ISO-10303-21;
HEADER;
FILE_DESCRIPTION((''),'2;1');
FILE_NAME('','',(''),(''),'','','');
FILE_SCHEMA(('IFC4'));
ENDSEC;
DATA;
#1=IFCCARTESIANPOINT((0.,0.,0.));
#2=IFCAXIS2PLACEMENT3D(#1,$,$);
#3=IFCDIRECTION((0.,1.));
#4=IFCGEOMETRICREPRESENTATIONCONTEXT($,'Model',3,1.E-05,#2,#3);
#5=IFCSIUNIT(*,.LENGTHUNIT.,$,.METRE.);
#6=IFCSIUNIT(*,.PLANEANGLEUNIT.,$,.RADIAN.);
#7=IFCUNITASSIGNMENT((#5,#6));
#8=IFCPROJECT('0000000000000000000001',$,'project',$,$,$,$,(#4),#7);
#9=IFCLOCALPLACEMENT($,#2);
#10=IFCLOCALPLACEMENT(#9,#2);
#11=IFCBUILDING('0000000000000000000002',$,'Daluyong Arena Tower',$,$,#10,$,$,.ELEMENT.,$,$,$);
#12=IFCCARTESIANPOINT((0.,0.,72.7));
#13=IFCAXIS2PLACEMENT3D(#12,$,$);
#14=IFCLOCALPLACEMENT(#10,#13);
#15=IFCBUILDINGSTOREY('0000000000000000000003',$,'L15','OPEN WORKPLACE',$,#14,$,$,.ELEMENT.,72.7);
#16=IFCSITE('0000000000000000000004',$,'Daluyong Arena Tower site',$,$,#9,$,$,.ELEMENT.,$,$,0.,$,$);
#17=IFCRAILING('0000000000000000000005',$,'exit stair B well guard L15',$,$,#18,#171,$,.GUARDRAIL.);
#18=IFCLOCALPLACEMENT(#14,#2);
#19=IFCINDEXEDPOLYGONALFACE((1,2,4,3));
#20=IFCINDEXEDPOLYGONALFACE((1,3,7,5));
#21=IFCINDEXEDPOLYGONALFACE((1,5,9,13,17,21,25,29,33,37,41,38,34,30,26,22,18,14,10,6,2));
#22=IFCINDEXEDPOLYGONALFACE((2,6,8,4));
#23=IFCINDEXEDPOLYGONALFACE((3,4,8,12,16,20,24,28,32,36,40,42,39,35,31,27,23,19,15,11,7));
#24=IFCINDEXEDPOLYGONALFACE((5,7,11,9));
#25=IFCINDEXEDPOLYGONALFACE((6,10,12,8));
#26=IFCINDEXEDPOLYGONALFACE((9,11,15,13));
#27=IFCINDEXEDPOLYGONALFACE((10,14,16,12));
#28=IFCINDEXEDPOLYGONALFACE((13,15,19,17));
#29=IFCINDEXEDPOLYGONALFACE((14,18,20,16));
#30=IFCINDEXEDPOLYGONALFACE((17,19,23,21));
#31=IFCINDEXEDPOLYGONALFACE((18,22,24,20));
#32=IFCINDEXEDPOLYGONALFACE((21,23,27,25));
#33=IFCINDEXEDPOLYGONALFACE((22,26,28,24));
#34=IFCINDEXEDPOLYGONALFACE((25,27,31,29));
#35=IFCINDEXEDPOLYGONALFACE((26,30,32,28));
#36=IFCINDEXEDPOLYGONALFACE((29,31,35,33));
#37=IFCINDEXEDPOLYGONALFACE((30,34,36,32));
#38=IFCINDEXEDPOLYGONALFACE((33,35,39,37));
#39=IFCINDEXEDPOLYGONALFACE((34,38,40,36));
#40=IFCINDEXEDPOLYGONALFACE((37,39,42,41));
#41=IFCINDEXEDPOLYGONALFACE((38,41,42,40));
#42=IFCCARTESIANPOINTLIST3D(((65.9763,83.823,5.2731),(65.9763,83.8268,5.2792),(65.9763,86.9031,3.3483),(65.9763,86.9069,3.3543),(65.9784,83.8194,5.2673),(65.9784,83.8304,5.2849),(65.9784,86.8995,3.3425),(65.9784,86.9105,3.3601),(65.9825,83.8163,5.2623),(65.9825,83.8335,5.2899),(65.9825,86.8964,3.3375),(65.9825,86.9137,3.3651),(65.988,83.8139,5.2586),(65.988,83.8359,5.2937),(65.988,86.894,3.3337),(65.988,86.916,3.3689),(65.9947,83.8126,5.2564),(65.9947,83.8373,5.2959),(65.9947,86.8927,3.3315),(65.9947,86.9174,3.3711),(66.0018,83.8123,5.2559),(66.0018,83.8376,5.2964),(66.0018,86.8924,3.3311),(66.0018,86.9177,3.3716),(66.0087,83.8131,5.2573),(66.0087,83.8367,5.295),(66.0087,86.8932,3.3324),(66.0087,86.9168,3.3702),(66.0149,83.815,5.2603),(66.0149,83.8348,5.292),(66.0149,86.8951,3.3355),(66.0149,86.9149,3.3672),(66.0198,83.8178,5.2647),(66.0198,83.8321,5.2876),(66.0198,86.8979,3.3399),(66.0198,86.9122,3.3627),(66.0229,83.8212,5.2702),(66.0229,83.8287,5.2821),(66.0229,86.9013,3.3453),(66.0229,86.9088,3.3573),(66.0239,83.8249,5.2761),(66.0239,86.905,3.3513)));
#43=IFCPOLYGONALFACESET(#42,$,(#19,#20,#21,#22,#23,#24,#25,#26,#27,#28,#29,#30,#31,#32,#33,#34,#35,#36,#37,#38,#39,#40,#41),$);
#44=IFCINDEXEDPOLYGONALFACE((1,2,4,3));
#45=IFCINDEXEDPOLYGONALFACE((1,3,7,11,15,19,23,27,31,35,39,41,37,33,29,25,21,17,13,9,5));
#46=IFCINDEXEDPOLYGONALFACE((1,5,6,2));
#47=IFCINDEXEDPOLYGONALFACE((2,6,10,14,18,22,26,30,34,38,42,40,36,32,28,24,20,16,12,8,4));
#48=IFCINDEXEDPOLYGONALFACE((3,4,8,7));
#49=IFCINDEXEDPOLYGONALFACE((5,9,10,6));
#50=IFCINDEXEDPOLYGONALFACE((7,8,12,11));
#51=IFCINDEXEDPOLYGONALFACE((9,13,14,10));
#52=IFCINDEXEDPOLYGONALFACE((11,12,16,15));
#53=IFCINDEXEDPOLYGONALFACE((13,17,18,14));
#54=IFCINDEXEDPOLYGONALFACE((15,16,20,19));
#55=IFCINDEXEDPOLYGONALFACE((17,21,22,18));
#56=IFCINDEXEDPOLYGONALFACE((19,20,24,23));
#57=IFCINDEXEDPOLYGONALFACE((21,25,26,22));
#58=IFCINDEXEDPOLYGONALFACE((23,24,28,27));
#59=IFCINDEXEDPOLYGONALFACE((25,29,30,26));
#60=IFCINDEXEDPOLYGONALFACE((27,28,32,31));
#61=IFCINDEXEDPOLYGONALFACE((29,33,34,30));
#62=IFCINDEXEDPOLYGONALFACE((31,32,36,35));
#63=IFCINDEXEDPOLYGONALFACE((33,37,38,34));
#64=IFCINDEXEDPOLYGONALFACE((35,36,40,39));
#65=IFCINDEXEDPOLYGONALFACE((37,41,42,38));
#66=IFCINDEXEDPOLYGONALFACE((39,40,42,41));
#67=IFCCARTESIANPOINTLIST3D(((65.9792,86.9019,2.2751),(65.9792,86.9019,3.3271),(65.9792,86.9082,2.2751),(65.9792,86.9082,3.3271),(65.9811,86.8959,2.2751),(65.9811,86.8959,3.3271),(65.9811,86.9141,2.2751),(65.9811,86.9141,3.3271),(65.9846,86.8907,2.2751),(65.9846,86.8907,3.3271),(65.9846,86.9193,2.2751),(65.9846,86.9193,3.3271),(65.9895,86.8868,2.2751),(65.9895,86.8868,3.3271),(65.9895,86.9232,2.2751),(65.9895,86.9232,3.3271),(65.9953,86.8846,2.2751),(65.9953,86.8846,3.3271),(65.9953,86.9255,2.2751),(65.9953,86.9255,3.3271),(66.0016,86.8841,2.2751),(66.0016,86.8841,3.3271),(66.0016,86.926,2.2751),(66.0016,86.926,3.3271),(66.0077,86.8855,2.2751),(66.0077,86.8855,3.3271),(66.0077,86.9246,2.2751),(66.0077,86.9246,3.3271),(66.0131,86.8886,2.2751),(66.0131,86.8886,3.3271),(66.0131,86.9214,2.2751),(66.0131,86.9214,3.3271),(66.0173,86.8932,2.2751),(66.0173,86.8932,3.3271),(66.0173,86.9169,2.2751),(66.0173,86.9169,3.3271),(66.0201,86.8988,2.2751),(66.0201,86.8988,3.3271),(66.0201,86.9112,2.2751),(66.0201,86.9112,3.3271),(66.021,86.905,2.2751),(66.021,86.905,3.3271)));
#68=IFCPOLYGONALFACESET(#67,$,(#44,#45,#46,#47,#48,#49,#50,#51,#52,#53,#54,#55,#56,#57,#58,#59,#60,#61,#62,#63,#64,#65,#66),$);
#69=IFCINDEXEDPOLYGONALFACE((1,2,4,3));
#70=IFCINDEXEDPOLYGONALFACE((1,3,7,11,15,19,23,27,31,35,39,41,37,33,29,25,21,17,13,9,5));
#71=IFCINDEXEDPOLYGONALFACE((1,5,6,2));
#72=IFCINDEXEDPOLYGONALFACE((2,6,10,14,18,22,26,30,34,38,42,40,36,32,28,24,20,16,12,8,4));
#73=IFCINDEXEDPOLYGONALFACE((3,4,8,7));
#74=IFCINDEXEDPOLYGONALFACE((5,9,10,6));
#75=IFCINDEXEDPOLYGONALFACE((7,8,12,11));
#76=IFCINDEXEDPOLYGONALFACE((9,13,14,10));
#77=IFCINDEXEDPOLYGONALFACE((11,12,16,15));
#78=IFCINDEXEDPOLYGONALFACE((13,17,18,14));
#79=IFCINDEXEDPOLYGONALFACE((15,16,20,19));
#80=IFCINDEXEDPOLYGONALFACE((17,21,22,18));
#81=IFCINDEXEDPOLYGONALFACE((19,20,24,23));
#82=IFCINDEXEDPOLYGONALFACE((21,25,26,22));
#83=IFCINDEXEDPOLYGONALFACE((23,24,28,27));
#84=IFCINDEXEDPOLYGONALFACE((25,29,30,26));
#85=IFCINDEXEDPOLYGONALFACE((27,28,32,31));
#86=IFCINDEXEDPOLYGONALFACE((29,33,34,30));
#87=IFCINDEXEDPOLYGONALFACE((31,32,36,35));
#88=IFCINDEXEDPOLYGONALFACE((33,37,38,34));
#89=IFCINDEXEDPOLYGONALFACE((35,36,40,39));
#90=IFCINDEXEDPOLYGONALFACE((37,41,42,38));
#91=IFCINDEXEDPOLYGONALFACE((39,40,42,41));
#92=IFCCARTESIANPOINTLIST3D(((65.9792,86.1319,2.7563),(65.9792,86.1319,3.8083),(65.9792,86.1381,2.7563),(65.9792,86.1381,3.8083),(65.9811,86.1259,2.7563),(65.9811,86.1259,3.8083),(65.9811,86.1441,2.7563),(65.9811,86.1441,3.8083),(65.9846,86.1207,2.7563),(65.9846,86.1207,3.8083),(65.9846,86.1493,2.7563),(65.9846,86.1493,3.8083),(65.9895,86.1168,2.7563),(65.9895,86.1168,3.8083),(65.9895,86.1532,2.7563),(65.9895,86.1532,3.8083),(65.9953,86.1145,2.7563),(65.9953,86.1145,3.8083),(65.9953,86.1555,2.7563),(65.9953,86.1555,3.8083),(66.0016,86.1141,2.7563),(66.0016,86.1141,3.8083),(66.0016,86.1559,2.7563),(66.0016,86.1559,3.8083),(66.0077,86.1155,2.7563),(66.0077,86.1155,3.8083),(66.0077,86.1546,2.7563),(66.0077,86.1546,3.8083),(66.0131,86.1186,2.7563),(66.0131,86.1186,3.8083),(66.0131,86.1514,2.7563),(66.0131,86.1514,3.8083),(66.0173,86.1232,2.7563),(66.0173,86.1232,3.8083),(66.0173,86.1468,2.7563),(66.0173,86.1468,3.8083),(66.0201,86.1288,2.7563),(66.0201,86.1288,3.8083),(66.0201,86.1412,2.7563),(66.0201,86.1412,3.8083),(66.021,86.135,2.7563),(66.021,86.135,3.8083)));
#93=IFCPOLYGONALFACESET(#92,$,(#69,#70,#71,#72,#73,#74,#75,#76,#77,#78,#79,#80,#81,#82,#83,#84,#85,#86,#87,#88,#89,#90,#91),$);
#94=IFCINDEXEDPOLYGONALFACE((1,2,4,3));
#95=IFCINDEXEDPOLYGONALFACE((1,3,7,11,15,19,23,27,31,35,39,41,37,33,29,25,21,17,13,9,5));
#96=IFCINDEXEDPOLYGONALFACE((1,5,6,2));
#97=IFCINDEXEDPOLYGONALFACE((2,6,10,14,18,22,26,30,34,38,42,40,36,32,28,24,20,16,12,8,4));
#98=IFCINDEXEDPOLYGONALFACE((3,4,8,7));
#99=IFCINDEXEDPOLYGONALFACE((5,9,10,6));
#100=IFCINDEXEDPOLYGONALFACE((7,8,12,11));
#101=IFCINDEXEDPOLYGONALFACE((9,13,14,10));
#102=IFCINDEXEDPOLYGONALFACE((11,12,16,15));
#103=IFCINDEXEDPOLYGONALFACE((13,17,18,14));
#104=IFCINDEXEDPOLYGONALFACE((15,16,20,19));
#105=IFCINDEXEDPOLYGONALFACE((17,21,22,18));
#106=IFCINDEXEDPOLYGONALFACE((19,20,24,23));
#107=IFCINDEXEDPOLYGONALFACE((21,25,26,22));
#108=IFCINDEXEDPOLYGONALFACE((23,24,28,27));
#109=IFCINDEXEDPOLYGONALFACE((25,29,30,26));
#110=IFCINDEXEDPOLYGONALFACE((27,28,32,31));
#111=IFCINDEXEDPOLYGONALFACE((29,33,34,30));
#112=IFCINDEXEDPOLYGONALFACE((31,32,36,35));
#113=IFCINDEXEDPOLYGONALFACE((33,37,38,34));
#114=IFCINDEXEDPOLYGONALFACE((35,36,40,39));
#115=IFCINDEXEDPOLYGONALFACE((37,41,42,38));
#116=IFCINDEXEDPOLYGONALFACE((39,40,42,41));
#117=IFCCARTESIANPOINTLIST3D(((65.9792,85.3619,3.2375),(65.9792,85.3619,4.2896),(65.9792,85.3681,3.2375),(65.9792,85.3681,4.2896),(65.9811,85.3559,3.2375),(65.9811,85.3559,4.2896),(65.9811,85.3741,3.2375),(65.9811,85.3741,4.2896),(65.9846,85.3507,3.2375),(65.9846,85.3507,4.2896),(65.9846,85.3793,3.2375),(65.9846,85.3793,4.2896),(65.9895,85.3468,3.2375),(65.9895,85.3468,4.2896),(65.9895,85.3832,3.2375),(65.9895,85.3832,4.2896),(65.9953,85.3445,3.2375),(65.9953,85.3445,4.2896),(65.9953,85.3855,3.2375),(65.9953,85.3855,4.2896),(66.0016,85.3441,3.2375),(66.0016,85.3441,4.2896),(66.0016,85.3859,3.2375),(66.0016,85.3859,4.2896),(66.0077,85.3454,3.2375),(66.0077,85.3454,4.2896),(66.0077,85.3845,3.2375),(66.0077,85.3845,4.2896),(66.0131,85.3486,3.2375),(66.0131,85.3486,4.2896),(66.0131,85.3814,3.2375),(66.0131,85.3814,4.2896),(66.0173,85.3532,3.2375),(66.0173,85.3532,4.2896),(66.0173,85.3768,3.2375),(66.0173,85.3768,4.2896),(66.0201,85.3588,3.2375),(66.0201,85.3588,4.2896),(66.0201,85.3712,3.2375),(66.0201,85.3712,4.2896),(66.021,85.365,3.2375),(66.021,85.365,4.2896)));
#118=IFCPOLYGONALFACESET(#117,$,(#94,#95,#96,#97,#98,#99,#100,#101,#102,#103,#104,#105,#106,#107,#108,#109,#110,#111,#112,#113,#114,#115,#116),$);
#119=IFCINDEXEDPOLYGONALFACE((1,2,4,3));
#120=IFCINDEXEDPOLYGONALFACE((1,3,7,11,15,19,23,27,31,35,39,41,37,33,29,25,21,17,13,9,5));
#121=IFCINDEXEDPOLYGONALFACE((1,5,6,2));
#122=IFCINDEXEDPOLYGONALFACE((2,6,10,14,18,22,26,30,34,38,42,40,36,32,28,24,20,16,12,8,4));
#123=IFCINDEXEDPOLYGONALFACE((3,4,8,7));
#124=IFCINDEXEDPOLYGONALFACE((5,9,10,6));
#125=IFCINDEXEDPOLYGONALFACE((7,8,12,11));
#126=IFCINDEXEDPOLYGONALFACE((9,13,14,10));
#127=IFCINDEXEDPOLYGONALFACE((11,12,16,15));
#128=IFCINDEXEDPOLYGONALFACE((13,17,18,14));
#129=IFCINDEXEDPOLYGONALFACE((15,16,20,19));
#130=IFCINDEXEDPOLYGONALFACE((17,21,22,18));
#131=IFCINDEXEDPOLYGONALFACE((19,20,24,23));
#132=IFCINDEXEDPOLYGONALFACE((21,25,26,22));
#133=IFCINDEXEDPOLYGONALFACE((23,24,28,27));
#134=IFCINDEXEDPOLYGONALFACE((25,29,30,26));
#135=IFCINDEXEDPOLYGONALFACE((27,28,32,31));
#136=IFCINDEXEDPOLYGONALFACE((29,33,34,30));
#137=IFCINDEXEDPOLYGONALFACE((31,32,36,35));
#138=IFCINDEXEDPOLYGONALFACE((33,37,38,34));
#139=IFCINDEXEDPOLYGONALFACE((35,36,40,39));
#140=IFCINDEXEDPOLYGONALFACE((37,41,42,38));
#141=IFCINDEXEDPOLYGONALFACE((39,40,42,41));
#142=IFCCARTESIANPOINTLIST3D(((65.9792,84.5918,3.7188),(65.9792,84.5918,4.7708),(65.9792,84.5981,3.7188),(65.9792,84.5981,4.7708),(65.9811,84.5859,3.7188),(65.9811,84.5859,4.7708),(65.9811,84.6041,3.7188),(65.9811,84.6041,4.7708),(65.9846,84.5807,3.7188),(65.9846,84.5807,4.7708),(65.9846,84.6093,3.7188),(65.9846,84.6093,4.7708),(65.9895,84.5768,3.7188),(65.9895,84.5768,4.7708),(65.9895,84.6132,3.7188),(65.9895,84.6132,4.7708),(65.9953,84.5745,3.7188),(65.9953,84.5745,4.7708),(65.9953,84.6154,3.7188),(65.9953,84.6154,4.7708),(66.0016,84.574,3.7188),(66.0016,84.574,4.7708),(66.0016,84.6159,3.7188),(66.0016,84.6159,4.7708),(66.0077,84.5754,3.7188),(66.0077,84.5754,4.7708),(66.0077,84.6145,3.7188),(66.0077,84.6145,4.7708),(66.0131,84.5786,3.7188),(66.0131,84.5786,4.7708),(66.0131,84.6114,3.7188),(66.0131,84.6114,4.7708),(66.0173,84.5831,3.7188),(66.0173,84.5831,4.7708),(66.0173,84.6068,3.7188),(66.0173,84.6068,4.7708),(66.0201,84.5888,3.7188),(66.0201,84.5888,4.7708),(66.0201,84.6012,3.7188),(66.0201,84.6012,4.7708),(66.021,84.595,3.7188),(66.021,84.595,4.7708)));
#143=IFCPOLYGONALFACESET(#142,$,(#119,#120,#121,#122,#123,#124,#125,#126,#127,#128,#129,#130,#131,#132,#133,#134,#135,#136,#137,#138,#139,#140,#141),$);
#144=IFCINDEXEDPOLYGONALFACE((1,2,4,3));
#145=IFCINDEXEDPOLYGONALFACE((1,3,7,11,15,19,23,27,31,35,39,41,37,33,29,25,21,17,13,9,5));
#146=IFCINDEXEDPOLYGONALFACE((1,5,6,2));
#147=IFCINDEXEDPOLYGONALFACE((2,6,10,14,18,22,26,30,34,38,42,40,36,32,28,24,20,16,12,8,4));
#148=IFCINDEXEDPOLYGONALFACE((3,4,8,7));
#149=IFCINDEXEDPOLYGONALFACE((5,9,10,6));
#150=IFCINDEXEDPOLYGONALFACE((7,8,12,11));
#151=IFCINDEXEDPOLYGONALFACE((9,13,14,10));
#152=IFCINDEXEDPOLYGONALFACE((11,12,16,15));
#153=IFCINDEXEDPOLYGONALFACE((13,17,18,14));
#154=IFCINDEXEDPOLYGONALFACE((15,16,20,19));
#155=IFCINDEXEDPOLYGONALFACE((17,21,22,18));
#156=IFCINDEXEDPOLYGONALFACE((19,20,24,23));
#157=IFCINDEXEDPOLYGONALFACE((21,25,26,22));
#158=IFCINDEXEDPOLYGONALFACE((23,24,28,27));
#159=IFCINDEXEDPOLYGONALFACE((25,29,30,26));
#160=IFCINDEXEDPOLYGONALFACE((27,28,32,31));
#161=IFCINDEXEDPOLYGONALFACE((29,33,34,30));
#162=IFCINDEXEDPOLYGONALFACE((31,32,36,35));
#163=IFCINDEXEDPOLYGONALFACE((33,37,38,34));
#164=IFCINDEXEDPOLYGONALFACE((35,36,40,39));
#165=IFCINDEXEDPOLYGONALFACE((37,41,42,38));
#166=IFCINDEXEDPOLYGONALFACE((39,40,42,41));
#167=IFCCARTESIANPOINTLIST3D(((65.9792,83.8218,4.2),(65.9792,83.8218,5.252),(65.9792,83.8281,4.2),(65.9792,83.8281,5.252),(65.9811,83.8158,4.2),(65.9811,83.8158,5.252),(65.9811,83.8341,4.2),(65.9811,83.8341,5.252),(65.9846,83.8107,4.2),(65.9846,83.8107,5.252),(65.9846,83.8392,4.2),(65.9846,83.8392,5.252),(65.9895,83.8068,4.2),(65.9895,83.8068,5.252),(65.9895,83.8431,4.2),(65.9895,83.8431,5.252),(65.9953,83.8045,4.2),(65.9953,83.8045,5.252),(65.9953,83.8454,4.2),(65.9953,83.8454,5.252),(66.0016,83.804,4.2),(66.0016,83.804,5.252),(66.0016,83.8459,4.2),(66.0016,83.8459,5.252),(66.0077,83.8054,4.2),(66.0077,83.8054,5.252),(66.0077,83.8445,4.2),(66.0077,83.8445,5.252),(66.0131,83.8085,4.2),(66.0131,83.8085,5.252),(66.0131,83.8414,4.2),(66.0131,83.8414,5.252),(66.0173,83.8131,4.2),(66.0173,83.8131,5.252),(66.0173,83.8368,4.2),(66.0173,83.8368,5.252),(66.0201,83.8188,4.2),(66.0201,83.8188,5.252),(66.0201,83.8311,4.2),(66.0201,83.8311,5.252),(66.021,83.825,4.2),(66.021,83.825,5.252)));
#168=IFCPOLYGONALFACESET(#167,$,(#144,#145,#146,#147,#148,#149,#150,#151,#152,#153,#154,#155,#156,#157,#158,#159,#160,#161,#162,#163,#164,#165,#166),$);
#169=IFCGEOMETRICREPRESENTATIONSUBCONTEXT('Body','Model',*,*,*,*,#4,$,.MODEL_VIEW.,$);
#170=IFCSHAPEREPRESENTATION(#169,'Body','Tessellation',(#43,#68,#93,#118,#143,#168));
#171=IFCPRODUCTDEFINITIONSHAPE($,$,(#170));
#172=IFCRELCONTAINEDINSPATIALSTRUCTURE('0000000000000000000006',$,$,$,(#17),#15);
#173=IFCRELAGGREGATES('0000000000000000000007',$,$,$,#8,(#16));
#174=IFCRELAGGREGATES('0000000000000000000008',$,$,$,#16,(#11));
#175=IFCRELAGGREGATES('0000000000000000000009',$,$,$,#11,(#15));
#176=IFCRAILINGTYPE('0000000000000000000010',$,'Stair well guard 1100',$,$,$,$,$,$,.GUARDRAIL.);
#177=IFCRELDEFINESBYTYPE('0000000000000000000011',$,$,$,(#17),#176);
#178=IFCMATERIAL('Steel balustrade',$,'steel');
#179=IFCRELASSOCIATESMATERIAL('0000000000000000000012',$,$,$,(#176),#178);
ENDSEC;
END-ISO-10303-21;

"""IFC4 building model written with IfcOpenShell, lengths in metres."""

from ifc_helpers import new_model, si_unit, direction, frame, origin, origin_2d, place, context, subcontext, project, spatial, circle, extrude, material, type_object, element, save


model = new_model("IFC4")

# Units and contexts
model_context = context("Model", 3, precision=1e-05, world=origin(), true_north=direction((0.0, 1.0)))
body_context = subcontext(model_context, "Body", "Model", "MODEL_VIEW")
ifc_project = project(units=[si_unit("LENGTHUNIT", "METRE"), si_unit("PLANEANGLEUNIT", "RADIAN")], contexts=[model_context])

# Site, building, storey
site_placement = place(None, origin())
site = spatial("IfcSite", under=ifc_project, at=site_placement, Name="Daluyong Arena Tower site", CompositionType="ELEMENT", RefElevation=0.0)
building_placement = place(site_placement, origin())
building = spatial("IfcBuilding", under=site, at=building_placement, Name="Daluyong Arena Tower", CompositionType="ELEMENT")
storey_placement = place(building_placement, frame((0.0, 0.0, 72.7)))
storey = spatial("IfcBuildingStorey", under=building, at=storey_placement, Name="L15", Description="OPEN WORKPLACE", CompositionType="ELEMENT", Elevation=72.7)

# Railing
ifc_material_1 = material(Name="Steel balustrade", Category="steel")
railing_type_1 = type_object("IfcRailingType", Name="Stair well guard 1100", PredefinedType="GUARDRAIL", material=ifc_material_1)
railing_1_placement = place(storey_placement, frame((66.0, 86.905, 2.2751)))
element("IfcRailing", 1, at=railing_1_placement, inside=storey, type_object=railing_type_1, Name="exit stair B well guard L15", PredefinedType="GUARDRAIL", context=body_context, shape_type="SweptSolid", body=[
    extrude(circle(Radius=0.0239, at=origin_2d()), frame((0.0, 0.0, 1.0762), z_axis=(0.0, -0.848029, 0.529951), x_axis=(1.0, 0.0, 0.0)), (0.0, 0.0, 1.0), 3.6321),
    extrude(circle(Radius=0.021, at=origin_2d()), origin(), (0.0, 0.0, 1.0), 1.052),
    extrude(circle(Radius=0.021, at=origin_2d()), frame((0.0, -0.77, 0.4812)), (0.0, 0.0, 1.0), 1.052),
    extrude(circle(Radius=0.021, at=origin_2d()), frame((0.0, -1.54, 0.9624)), (0.0, 0.0, 1.0), 1.052),
    extrude(circle(Radius=0.021, at=origin_2d()), frame((0.0, -2.3101, 1.4436)), (0.0, 0.0, 1.0), 1.052),
    extrude(circle(Radius=0.021, at=origin_2d()), frame((0.0, -3.0801, 1.9248)), (0.0, 0.0, 1.0), 1.052),
])

save(model, "model.ifc")
